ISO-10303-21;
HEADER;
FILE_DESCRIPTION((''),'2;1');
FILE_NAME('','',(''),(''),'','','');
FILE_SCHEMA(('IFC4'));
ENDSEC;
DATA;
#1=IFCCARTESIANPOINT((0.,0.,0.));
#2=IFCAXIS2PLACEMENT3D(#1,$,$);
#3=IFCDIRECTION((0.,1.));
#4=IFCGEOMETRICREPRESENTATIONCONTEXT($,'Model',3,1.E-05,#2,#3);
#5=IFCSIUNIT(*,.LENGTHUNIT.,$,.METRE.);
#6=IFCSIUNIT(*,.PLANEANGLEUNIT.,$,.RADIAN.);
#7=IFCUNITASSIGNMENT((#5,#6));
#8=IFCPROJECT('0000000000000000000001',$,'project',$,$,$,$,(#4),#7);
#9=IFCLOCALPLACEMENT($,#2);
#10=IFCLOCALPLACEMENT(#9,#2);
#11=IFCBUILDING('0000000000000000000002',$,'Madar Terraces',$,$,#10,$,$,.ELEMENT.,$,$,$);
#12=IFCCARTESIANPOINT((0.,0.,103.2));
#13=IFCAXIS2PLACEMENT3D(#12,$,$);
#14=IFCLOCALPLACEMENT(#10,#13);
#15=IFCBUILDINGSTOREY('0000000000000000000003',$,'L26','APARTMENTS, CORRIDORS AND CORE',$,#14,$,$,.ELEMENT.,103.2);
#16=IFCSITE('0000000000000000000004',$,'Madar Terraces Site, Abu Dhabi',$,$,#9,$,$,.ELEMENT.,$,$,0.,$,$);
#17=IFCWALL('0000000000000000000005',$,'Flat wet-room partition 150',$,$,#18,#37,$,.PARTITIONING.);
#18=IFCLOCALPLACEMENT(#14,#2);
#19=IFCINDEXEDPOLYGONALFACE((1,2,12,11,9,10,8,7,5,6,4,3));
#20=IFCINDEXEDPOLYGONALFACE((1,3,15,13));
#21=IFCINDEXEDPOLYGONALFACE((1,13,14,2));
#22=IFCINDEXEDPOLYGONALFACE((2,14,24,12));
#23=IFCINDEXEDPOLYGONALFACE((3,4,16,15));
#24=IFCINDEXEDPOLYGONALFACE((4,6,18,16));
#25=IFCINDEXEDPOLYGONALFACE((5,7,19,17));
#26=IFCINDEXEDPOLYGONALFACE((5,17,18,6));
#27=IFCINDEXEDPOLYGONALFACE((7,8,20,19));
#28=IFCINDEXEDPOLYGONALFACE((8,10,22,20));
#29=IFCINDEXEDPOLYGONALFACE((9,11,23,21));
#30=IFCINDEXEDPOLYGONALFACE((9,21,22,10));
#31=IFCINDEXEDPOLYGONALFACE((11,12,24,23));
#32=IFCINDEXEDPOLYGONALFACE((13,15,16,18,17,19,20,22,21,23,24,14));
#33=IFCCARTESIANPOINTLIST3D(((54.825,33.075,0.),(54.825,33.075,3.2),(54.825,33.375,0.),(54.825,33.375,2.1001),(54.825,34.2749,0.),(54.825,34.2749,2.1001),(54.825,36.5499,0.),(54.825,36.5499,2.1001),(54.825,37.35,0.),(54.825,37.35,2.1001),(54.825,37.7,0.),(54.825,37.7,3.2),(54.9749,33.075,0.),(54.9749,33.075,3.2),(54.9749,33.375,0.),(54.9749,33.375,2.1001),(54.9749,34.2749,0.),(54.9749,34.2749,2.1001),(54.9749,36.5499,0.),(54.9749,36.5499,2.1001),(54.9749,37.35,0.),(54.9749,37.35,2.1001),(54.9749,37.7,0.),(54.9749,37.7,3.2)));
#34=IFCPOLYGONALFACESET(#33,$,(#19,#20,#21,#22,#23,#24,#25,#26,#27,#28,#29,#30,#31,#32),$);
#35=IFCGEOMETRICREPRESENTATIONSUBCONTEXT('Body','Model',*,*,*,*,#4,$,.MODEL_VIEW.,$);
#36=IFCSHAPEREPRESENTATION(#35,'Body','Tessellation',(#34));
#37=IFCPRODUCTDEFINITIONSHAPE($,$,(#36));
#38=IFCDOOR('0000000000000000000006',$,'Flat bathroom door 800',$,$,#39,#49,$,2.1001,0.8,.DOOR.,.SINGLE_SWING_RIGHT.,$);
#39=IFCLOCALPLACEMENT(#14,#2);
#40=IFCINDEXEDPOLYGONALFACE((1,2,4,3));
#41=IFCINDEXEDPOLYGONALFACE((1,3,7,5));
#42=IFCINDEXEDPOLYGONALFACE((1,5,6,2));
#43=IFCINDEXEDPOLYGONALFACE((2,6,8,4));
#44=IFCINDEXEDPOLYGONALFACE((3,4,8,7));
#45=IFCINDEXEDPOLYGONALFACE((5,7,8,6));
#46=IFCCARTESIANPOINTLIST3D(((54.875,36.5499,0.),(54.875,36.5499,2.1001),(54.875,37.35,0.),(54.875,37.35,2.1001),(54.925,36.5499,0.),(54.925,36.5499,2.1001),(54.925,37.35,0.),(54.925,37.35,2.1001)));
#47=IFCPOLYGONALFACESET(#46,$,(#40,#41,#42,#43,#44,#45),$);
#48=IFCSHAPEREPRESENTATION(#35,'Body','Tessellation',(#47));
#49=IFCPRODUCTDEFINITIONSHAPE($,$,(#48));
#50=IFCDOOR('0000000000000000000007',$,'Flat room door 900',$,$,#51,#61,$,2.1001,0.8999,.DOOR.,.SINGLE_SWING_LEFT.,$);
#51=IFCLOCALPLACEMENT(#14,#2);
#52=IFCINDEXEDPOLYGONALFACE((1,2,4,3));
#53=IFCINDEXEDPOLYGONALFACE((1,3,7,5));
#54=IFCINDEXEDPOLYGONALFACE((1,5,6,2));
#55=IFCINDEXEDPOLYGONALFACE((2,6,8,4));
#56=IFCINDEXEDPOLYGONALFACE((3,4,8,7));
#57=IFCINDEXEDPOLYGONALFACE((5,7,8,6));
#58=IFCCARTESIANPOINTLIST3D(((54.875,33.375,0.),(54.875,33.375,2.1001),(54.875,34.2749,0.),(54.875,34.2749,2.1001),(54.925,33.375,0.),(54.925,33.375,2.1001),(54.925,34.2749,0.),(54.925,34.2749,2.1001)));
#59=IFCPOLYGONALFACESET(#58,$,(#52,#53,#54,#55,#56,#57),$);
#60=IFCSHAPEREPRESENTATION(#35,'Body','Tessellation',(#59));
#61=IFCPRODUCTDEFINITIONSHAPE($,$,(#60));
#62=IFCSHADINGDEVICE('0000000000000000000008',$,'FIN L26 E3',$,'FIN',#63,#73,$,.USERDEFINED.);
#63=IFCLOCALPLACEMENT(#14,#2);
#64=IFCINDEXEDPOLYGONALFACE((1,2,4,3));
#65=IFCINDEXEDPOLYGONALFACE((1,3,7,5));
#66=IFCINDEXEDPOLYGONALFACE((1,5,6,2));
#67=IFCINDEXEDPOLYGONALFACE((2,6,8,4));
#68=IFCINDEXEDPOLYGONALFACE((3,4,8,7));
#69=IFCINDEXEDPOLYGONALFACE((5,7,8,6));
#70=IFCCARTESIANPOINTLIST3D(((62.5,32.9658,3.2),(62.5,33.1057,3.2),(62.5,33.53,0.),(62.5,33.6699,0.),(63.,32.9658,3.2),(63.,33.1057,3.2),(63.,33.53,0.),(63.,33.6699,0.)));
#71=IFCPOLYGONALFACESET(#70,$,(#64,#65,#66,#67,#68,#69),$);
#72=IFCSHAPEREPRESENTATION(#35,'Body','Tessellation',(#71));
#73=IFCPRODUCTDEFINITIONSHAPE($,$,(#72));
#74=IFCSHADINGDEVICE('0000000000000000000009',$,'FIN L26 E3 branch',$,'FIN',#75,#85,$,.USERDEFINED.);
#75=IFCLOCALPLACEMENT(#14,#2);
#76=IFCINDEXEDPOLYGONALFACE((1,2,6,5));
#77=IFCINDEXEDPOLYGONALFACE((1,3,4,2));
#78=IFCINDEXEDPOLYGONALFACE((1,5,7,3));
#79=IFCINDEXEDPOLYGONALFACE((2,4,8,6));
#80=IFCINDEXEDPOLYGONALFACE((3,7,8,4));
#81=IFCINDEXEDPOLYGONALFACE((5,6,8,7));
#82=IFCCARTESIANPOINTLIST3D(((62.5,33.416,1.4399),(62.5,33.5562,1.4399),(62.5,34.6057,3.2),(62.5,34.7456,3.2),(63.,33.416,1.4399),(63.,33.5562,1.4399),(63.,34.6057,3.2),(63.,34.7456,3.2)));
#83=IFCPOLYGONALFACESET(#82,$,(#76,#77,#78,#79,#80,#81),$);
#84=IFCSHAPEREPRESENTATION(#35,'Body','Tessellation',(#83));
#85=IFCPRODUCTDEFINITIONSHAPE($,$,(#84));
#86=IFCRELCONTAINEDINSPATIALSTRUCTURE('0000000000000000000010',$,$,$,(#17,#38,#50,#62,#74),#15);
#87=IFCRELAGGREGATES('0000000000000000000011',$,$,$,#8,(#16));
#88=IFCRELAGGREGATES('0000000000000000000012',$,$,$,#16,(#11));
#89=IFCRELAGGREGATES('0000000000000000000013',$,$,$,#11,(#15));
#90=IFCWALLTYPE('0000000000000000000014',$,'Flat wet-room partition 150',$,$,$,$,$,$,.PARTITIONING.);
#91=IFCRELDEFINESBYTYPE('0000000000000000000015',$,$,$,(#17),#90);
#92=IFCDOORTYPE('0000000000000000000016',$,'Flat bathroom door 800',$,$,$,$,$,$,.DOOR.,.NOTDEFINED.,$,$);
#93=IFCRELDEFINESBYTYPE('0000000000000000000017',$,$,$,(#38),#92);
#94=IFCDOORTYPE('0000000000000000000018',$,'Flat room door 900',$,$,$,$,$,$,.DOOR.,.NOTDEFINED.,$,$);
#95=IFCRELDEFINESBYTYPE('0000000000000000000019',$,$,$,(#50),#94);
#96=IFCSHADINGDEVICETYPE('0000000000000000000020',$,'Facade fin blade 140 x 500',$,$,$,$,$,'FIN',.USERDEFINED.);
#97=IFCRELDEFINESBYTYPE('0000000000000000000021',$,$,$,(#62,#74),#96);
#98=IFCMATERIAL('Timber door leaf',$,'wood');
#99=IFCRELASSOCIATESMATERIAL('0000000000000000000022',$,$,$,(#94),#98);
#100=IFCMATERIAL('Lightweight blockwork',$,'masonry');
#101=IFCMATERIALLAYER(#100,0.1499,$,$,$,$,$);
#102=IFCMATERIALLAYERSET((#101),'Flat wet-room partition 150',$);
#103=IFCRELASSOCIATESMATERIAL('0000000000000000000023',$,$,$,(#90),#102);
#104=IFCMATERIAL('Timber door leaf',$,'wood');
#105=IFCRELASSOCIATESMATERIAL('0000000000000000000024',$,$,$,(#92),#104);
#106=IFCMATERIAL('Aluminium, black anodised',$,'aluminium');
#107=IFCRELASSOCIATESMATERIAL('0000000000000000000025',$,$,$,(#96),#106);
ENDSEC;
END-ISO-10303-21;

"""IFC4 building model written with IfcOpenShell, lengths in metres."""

from ifc_helpers import new_model, si_unit, direction, frame, frame_2d, origin, place, context, subcontext, project, spatial, polyline, rectangle, outline, extrude, material, layer, layer_set, type_object, element, fill, save


model = new_model("IFC4")

# Units and contexts
model_context = context("Model", 3, precision=1e-05, world=origin(), true_north=direction((0.0, 1.0)))
body_context = subcontext(model_context, "Body", "Model", "MODEL_VIEW")
ifc_project = project(units=[si_unit("LENGTHUNIT", "METRE"), si_unit("PLANEANGLEUNIT", "RADIAN")], contexts=[model_context])

# Site, building, storey
site_placement = place(None, origin())
site = spatial("IfcSite", under=ifc_project, at=site_placement, Name="Madar Terraces Site, Abu Dhabi", CompositionType="ELEMENT", RefElevation=0.0)
building_placement = place(site_placement, origin())
building = spatial("IfcBuilding", under=site, at=building_placement, Name="Madar Terraces", CompositionType="ELEMENT")
storey_placement = place(building_placement, frame((0.0, 0.0, 103.2)))
storey = spatial("IfcBuildingStorey", under=building, at=storey_placement, Name="L26", Description="APARTMENTS, CORRIDORS AND CORE", CompositionType="ELEMENT", Elevation=103.2)

# Shared definitions
ifc_material_1 = material(Name="Timber door leaf", Category="wood")
door_type_1 = type_object("IfcDoorType", Name="Flat room door 900", OperationType="NOTDEFINED", PredefinedType="DOOR", material=ifc_material_1)

# Shared definitions
ifc_material_2 = material(Name="Lightweight blockwork", Category="masonry")
ifc_layer_1 = layer(ifc_material_2, 0.1499)
ifc_layer_set_1 = layer_set([ifc_layer_1], Name="Flat wet-room partition 150")
wall_type_1 = type_object("IfcWallType", Name="Flat wet-room partition 150", PredefinedType="PARTITIONING", material=ifc_layer_set_1)

# Wall, openings, doors
wall_1_placement = place(storey_placement, frame((54.8999, 33.075, 0.0), z_axis=(0.0, 0.0, 1.0), x_axis=(0.0, 1.0, 0.0)))
wall_1 = element("IfcWall", 1, at=wall_1_placement, inside=storey, type_object=wall_type_1, Name="Flat wet-room partition 150", PredefinedType="PARTITIONING", context=body_context, shape_type="SweptSolid", body=[
    extrude(rectangle(XDim=4.625, YDim=0.1499, at=frame_2d((2.3125, 0.0))), origin(), (0.0, 0.0, 1.0), 3.2),
])
opening_1_placement = place(wall_1_placement, frame((0.3, 0.0, 0.0)))
opening_1 = element("IfcOpeningElement", 2, at=opening_1_placement, cuts=wall_1, PredefinedType="OPENING", context=body_context, shape_type="SweptSolid", body=[
    extrude(rectangle(XDim=0.8999, YDim=2.1001, at=frame_2d((0.45, 1.05))), frame((0.0, 0.085, 0.0), z_axis=(0.0, -1.0, 0.0), x_axis=(1.0, 0.0, 0.0)), (0.0, 0.0, 1.0), 0.1699),
])
opening_2_placement = place(wall_1_placement, frame((3.4751, 0.0, 0.0)))
opening_2 = element("IfcOpeningElement", 3, at=opening_2_placement, cuts=wall_1, PredefinedType="OPENING", context=body_context, shape_type="SweptSolid", body=[
    extrude(rectangle(XDim=0.8, YDim=2.1001, at=frame_2d((0.3999, 1.05))), frame((0.0, 0.085, 0.0), z_axis=(0.0, -1.0, 0.0), x_axis=(1.0, 0.0, 0.0)), (0.0, 0.0, 1.0), 0.1699),
])
ifc_material_3 = material(Name="Timber door leaf", Category="wood")
door_type_2 = type_object("IfcDoorType", Name="Flat bathroom door 800", OperationType="NOTDEFINED", PredefinedType="DOOR", material=ifc_material_3)
door_1_placement = place(opening_2_placement, origin())
door_1 = element("IfcDoor", 4, at=door_1_placement, inside=storey, type_object=door_type_2, Name="Flat bathroom door 800", OperationType="SINGLE_SWING_RIGHT", OverallHeight=2.1001, OverallWidth=0.8, PredefinedType="DOOR", context=body_context, shape_type="SweptSolid", body=[
    extrude(rectangle(XDim=0.8, YDim=2.1001, at=frame_2d((0.3999, 1.05))), frame((0.0, 0.0249, 0.0), z_axis=(0.0, -1.0, 0.0), x_axis=(1.0, 0.0, 0.0)), (0.0, 0.0, 1.0), 0.05),
])
fill(opening_2, door_1)
door_2_placement = place(opening_1_placement, origin())
door_2 = element("IfcDoor", 5, at=door_2_placement, inside=storey, type_object=door_type_1, Name="Flat room door 900", OperationType="SINGLE_SWING_LEFT", OverallHeight=2.1001, OverallWidth=0.8999, PredefinedType="DOOR", context=body_context, shape_type="SweptSolid", body=[
    extrude(rectangle(XDim=0.8999, YDim=2.1001, at=frame_2d((0.45, 1.05))), frame((0.0, 0.0249, 0.0), z_axis=(0.0, -1.0, 0.0), x_axis=(1.0, 0.0, 0.0)), (0.0, 0.0, 1.0), 0.05),
])
fill(opening_1, door_2)

# Shading devices
ifc_material_4 = material(Name="Aluminium, black anodised", Category="aluminium")
shading_device_type = type_object("IfcShadingDeviceType", Name="Facade fin blade 140 x 500", ElementType="FIN", PredefinedType="USERDEFINED", material=ifc_material_4)
shading_device_1_placement = place(storey_placement, frame((62.75, 33.53, 0.0), z_axis=(0.0, 0.0, 1.0), x_axis=(0.0, 1.0, 0.0)))
element("IfcShadingDevice", 6, at=shading_device_1_placement, inside=storey, type_object=shading_device_type, Name="FIN L26 E3", ObjectType="FIN", PredefinedType="USERDEFINED", context=body_context, shape_type="SweptSolid", body=[
    extrude(outline(polyline([(0.0, 0.0), (0.1399, 0.0), (-0.4243, 3.2), (-0.5642, 3.2), (0.0, 0.0)])), frame((0.0, 0.25, 0.0), z_axis=(0.0, -1.0, 0.0), x_axis=(1.0, 0.0, 0.0)), (0.0, 0.0, 1.0), 0.5),
])
shading_device_2_placement = place(storey_placement, frame((62.75, 33.416, 1.4399), z_axis=(0.0, 0.0, 1.0), x_axis=(0.0, 1.0, 0.0)))
element("IfcShadingDevice", 7, at=shading_device_2_placement, inside=storey, type_object=shading_device_type, Name="FIN L26 E3 branch", ObjectType="FIN", PredefinedType="USERDEFINED", context=body_context, shape_type="SweptSolid", body=[
    extrude(outline(polyline([(0.0, 0.0), (0.1401, 0.0), (1.3296, 1.76), (1.1897, 1.76), (0.0, 0.0)])), frame((0.0, 0.25, 0.0), z_axis=(0.0, -1.0, 0.0), x_axis=(1.0, 0.0, 0.0)), (0.0, 0.0, 1.0), 0.5),
])

save(model, "model.ifc")
